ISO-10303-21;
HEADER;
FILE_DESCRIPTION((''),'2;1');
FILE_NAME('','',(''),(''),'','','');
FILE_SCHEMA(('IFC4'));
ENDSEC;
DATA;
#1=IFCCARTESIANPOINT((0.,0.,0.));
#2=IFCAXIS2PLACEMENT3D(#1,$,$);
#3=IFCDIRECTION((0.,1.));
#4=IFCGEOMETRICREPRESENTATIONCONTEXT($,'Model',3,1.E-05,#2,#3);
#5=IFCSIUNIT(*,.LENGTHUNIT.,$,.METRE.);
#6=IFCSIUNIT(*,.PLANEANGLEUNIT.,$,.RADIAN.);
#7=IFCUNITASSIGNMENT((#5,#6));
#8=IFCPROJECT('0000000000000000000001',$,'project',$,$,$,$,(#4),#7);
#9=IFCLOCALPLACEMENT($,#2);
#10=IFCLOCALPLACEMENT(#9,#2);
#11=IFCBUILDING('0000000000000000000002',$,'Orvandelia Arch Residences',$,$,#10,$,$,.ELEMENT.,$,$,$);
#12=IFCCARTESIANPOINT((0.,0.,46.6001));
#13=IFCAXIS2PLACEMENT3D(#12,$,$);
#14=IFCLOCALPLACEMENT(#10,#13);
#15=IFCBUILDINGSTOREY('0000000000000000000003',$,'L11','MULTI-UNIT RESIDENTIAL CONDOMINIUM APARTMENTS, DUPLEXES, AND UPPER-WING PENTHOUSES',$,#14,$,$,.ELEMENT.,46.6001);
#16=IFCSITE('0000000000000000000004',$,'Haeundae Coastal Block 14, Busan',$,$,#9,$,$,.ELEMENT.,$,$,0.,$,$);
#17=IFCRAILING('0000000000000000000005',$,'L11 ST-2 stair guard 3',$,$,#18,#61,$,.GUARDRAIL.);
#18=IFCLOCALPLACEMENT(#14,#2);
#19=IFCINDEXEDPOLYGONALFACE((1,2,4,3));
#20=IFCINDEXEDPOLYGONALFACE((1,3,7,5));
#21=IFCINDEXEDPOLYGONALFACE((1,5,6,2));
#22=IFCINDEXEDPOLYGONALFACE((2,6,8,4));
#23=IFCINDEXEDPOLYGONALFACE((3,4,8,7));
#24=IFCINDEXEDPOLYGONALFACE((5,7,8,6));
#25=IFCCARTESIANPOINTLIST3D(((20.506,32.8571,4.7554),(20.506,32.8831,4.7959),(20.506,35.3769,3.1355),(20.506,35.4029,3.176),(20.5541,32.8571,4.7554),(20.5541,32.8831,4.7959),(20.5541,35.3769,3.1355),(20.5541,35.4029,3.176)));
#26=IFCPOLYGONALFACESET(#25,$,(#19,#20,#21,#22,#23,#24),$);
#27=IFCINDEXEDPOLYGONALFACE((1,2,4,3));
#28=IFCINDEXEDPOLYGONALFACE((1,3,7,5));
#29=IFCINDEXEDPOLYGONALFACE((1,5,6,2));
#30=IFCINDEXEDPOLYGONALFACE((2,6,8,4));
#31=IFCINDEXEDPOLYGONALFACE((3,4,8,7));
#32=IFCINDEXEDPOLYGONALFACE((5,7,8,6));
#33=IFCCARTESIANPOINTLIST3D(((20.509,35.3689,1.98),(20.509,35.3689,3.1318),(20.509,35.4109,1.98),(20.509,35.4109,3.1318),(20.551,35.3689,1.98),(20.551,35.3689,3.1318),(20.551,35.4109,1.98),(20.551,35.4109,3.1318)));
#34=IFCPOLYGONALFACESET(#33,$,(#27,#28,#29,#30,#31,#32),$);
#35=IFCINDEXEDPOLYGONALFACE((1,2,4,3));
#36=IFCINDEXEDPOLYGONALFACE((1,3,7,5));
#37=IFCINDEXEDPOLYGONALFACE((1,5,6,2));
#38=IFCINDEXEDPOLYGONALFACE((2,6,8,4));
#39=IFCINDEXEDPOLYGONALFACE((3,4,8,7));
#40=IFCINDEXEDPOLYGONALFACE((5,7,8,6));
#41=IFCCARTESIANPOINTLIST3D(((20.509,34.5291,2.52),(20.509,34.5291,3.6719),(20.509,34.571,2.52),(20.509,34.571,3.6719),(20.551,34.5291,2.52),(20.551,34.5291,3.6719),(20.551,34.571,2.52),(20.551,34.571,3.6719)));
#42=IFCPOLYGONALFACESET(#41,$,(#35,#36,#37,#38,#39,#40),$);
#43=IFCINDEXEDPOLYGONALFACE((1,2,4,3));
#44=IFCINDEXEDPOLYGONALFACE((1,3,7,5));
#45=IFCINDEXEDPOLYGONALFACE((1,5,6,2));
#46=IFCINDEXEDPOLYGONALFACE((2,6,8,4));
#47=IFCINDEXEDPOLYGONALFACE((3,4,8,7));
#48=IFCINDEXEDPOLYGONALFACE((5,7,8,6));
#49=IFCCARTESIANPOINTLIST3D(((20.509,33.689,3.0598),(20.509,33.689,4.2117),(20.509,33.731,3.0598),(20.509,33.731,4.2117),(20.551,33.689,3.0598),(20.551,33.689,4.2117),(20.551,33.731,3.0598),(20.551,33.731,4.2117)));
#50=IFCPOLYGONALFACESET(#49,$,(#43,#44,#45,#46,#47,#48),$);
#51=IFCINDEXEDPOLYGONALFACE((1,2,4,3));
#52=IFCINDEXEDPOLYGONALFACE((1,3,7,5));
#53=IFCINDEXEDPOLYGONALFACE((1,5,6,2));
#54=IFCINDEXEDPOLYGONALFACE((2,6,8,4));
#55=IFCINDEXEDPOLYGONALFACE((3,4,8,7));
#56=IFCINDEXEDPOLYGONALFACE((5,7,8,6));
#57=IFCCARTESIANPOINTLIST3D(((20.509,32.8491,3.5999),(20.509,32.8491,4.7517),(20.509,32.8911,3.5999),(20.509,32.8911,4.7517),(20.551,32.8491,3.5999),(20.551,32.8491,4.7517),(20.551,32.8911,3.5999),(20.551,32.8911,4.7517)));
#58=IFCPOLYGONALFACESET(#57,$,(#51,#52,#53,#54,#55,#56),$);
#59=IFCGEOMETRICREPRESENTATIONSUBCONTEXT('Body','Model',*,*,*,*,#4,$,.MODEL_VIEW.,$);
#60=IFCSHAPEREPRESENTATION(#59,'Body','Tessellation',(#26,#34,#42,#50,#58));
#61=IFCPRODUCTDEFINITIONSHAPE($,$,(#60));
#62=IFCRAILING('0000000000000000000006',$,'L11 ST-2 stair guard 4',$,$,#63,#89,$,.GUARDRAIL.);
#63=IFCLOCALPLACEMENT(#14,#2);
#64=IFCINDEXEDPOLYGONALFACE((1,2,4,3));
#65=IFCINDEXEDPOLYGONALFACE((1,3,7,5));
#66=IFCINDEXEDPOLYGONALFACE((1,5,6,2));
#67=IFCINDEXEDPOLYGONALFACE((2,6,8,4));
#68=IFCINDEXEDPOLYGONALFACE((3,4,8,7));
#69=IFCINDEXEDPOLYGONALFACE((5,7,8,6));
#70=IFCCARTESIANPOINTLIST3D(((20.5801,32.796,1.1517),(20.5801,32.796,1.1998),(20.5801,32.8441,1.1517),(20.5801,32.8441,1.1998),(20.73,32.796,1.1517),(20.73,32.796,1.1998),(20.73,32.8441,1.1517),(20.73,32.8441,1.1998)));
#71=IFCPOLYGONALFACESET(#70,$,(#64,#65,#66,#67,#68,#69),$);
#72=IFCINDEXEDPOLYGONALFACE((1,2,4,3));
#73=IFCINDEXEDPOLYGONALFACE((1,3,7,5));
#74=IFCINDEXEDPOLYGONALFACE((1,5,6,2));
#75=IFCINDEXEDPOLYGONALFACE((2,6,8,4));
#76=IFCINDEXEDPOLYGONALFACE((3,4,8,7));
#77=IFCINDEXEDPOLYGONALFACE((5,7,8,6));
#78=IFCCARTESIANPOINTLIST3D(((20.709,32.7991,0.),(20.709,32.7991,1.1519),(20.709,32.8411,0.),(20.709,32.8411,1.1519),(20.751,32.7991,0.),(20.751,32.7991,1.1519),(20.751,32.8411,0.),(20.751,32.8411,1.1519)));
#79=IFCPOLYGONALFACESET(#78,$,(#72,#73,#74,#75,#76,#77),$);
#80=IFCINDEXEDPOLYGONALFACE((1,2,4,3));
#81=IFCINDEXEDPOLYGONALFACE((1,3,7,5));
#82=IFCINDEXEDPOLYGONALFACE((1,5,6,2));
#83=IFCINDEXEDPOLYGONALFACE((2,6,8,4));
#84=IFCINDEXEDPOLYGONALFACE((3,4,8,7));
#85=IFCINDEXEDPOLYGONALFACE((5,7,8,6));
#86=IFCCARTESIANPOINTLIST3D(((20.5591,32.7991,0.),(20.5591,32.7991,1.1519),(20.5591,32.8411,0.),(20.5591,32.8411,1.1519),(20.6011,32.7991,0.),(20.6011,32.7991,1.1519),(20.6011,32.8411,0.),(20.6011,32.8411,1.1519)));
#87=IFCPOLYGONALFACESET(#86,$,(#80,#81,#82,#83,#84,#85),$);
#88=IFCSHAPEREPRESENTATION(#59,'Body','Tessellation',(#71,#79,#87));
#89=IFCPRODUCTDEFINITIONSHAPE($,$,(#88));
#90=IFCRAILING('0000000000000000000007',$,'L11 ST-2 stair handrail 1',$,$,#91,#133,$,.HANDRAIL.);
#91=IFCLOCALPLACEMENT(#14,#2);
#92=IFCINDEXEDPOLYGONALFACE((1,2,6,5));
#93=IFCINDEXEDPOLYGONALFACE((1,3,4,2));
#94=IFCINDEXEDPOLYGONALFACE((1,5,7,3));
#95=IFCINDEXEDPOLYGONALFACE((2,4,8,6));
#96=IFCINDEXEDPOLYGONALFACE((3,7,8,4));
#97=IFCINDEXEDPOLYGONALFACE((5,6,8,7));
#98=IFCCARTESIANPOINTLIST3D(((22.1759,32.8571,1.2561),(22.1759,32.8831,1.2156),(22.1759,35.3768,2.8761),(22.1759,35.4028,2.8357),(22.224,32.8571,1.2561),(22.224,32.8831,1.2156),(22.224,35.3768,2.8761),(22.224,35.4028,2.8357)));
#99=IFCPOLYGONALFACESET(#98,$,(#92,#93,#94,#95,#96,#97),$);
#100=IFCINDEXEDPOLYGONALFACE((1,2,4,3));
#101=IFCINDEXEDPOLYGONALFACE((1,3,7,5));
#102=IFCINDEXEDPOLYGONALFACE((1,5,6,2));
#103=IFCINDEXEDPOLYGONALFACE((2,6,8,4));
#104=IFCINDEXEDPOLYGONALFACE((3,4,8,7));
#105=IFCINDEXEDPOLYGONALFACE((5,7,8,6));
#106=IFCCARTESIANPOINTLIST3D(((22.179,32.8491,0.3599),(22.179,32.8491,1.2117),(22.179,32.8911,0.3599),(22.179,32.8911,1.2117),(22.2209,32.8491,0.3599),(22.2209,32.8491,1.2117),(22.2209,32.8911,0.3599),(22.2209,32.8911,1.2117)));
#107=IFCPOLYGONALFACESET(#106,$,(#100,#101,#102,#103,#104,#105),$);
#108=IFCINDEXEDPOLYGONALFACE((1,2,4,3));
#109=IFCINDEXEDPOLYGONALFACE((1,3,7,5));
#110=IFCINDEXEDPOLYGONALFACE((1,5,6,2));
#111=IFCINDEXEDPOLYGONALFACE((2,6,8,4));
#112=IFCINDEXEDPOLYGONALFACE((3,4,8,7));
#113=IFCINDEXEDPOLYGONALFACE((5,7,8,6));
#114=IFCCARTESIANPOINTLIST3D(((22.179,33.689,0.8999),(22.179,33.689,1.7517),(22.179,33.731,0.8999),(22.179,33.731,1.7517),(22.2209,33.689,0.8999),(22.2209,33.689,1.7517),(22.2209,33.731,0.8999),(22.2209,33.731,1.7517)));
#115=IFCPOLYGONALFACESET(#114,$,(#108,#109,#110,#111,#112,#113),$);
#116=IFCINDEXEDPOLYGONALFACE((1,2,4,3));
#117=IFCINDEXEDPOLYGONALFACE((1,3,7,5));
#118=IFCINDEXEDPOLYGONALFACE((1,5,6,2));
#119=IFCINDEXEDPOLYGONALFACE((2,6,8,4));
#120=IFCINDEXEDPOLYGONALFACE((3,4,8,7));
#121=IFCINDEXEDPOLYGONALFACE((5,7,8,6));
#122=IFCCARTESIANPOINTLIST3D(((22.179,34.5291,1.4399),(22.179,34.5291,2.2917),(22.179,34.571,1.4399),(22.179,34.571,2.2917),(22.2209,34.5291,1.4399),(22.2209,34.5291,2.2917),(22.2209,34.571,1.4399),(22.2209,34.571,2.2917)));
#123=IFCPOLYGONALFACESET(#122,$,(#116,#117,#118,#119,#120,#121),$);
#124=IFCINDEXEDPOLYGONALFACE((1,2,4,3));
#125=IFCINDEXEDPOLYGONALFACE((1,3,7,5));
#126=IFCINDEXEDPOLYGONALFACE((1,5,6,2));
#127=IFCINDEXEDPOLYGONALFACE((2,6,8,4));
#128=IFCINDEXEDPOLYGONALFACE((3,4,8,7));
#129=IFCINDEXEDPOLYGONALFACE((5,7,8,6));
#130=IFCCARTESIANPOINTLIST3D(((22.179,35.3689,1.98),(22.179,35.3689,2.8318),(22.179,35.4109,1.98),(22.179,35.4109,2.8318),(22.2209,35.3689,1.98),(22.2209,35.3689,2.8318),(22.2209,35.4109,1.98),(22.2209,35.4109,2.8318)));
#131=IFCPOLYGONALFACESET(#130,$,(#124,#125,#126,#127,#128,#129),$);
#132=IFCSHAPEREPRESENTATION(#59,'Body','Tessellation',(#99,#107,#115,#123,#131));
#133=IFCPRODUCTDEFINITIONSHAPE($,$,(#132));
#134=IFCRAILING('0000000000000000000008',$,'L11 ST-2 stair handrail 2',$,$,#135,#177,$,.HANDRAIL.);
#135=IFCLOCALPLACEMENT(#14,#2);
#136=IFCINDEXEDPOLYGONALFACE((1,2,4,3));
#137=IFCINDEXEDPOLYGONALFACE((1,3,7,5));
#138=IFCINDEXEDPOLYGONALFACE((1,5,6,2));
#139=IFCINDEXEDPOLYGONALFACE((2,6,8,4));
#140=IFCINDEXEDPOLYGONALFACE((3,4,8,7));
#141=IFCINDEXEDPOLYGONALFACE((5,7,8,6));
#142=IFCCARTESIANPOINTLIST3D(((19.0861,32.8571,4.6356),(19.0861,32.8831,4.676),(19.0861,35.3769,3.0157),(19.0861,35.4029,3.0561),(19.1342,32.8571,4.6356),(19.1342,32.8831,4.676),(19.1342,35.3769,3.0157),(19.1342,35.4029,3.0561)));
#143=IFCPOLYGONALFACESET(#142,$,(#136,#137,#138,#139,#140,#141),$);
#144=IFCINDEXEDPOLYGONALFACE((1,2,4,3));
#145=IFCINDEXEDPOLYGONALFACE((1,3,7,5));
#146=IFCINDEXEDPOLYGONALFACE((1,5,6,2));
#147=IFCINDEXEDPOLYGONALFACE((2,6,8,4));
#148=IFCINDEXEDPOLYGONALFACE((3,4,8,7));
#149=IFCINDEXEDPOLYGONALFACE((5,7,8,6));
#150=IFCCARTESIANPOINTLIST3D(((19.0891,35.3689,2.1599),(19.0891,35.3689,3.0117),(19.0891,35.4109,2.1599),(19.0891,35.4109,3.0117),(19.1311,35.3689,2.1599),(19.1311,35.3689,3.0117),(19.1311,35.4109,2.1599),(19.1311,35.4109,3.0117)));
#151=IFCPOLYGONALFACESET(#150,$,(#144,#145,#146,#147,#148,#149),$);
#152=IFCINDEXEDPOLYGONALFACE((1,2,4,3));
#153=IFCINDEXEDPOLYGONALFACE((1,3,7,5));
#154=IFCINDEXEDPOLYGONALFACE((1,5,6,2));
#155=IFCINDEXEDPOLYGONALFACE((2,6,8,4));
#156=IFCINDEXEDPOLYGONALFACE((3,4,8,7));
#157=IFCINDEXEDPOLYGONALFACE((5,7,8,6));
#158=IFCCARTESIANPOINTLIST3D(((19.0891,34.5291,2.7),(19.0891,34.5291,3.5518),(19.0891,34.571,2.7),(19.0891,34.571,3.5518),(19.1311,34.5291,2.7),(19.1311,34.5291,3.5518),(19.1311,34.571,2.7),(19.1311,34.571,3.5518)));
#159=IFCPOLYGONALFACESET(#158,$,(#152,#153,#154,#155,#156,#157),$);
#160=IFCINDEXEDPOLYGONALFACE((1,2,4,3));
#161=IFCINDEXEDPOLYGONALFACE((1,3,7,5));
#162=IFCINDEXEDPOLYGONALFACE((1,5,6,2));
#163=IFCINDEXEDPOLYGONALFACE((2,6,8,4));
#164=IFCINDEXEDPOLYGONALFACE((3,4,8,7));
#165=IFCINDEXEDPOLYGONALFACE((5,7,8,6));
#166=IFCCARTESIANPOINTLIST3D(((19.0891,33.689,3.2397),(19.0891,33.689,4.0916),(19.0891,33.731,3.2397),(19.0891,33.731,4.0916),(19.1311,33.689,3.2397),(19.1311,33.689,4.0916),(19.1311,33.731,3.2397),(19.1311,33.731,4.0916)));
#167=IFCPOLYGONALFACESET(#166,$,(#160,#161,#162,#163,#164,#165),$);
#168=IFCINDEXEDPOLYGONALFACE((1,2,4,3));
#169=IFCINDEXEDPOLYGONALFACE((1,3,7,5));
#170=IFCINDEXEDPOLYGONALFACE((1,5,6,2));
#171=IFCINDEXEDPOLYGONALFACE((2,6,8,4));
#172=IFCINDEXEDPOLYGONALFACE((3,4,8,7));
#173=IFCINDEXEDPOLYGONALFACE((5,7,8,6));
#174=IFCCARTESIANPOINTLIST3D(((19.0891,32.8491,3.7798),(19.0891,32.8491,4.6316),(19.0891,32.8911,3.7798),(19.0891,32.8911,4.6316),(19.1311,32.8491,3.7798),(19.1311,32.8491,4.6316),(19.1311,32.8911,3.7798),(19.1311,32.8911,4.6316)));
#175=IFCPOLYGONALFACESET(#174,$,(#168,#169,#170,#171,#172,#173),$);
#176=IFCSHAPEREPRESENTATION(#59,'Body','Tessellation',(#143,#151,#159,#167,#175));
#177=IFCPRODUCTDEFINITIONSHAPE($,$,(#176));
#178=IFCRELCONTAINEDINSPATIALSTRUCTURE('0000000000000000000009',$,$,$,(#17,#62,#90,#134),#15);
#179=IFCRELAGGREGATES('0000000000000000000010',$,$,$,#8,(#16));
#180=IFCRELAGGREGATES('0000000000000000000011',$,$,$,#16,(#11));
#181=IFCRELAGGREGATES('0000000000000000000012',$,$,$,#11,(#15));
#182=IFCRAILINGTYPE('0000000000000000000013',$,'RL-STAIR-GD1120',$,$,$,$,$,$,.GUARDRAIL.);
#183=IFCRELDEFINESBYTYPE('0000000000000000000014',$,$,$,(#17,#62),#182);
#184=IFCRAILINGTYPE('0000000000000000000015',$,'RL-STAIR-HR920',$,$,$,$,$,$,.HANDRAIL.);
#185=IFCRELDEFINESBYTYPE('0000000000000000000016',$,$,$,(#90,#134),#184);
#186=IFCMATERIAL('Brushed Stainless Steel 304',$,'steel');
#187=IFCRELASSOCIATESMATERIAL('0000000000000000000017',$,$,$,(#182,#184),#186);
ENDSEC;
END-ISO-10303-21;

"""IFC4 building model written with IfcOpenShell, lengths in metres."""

from ifc_helpers import new_model, si_unit, direction, frame, origin, origin_2d, place, context, subcontext, project, spatial, rectangle, extrude, material, type_object, element, save


model = new_model("IFC4")

# Units and contexts
model_context = context("Model", 3, precision=1e-05, world=origin(), true_north=direction((0.0, 1.0)))
body_context = subcontext(model_context, "Body", "Model", "MODEL_VIEW")
ifc_project = project(units=[si_unit("LENGTHUNIT", "METRE"), si_unit("PLANEANGLEUNIT", "RADIAN")], contexts=[model_context])

# Site, building, storey
site_placement = place(None, origin())
site = spatial("IfcSite", under=ifc_project, at=site_placement, Name="Haeundae Coastal Block 14, Busan", CompositionType="ELEMENT", RefElevation=0.0)
building_placement = place(site_placement, origin())
building = spatial("IfcBuilding", under=site, at=building_placement, Name="Orvandelia Arch Residences", CompositionType="ELEMENT")
storey_placement = place(building_placement, frame((0.0, 0.0, 46.6001)))
storey = spatial("IfcBuildingStorey", under=building, at=storey_placement, Name="L11", Description="MULTI-UNIT RESIDENTIAL CONDOMINIUM APARTMENTS, DUPLEXES, AND UPPER-WING PENTHOUSES", CompositionType="ELEMENT", Elevation=46.6001)

# Railings
ifc_material_1 = material(Name="Brushed Stainless Steel 304", Category="steel")
railing_type_1 = type_object("IfcRailingType", Name="RL-STAIR-GD1120", PredefinedType="GUARDRAIL", material=ifc_material_1)
railing_1_placement = place(storey_placement, frame((20.53, 35.3899, 1.98)))
element("IfcRailing", 1, at=railing_1_placement, inside=storey, type_object=railing_type_1, Name="L11 ST-2 stair guard 3", PredefinedType="GUARDRAIL", context=body_context, shape_type="SweptSolid", body=[
    extrude(rectangle(XDim=0.0481, YDim=0.0481, at=origin_2d()), frame((0.0, 0.0, 1.1758), z_axis=(0.0, -0.841176, 0.540762), x_axis=(1.0, 0.0, 0.0)), (0.0, 0.0, 1.0), 2.9956),
    extrude(rectangle(XDim=0.042, YDim=0.042, at=origin_2d()), origin(), (0.0, 0.0, 1.0), 1.1519),
    extrude(rectangle(XDim=0.042, YDim=0.042, at=origin_2d()), frame((0.0, -0.8398, 0.54)), (0.0, 0.0, 1.0), 1.1519),
    extrude(rectangle(XDim=0.042, YDim=0.042, at=origin_2d()), frame((0.0, -1.6799, 1.0798)), (0.0, 0.0, 1.0), 1.1519),
    extrude(rectangle(XDim=0.042, YDim=0.042, at=origin_2d()), frame((0.0, -2.5198, 1.6199)), (0.0, 0.0, 1.0), 1.1519),
])
railing_2_placement = place(storey_placement, frame((20.73, 32.8201, 0.0)))
element("IfcRailing", 2, at=railing_2_placement, inside=storey, type_object=railing_type_1, Name="L11 ST-2 stair guard 4", PredefinedType="GUARDRAIL", context=body_context, shape_type="SweptSolid", body=[
    extrude(rectangle(XDim=0.0481, YDim=0.0481, at=origin_2d()), frame((0.0, 0.0, 1.1758), z_axis=(-1.0, 0.0, 0.0), x_axis=(0.0, -1.0, 0.0)), (0.0, 0.0, 1.0), 0.1499),
    extrude(rectangle(XDim=0.042, YDim=0.042, at=origin_2d()), origin(), (0.0, 0.0, 1.0), 1.1519),
    extrude(rectangle(XDim=0.042, YDim=0.042, at=origin_2d()), frame((-0.1499, 0.0, 0.0)), (0.0, 0.0, 1.0), 1.1519),
])
railing_type_2 = type_object("IfcRailingType", Name="RL-STAIR-HR920", PredefinedType="HANDRAIL", material=ifc_material_1)
railing_3_placement = place(storey_placement, frame((22.2, 32.8701, 0.3599)))
element("IfcRailing", 3, at=railing_3_placement, inside=storey, type_object=railing_type_2, Name="L11 ST-2 stair handrail 1", PredefinedType="HANDRAIL", context=body_context, shape_type="SweptSolid", body=[
    extrude(rectangle(XDim=0.0481, YDim=0.0481, at=origin_2d()), frame((0.0, 0.0, 0.876), z_axis=(0.0, 0.841139, 0.540819), x_axis=(-1.0, 0.0, 0.0)), (0.0, 0.0, 1.0), 2.9956),
    extrude(rectangle(XDim=0.042, YDim=0.042, at=origin_2d()), origin(), (0.0, 0.0, 1.0), 0.8518),
    extrude(rectangle(XDim=0.042, YDim=0.042, at=origin_2d()), frame((0.0, 0.8398, 0.54)), (0.0, 0.0, 1.0), 0.8518),
    extrude(rectangle(XDim=0.042, YDim=0.042, at=origin_2d()), frame((0.0, 1.6799, 1.0801)), (0.0, 0.0, 1.0), 0.8518),
    extrude(rectangle(XDim=0.042, YDim=0.042, at=origin_2d()), frame((0.0, 2.5198, 1.6201)), (0.0, 0.0, 1.0), 0.8518),
])
railing_4_placement = place(storey_placement, frame((19.1101, 35.3899, 2.1599)))
element("IfcRailing", 4, at=railing_4_placement, inside=storey, type_object=railing_type_2, Name="L11 ST-2 stair handrail 2", PredefinedType="HANDRAIL", context=body_context, shape_type="SweptSolid", body=[
    extrude(rectangle(XDim=0.0481, YDim=0.0481, at=origin_2d()), frame((0.0, 0.0, 0.876), z_axis=(0.0, -0.841176, 0.540762), x_axis=(1.0, 0.0, 0.0)), (0.0, 0.0, 1.0), 2.9956),
    extrude(rectangle(XDim=0.042, YDim=0.042, at=origin_2d()), origin(), (0.0, 0.0, 1.0), 0.8518),
    extrude(rectangle(XDim=0.042, YDim=0.042, at=origin_2d()), frame((0.0, -0.8398, 0.54)), (0.0, 0.0, 1.0), 0.8518),
    extrude(rectangle(XDim=0.042, YDim=0.042, at=origin_2d()), frame((0.0, -1.6799, 1.0798)), (0.0, 0.0, 1.0), 0.8518),
    extrude(rectangle(XDim=0.042, YDim=0.042, at=origin_2d()), frame((0.0, -2.5198, 1.6199)), (0.0, 0.0, 1.0), 0.8518),
])

save(model, "model.ifc")
